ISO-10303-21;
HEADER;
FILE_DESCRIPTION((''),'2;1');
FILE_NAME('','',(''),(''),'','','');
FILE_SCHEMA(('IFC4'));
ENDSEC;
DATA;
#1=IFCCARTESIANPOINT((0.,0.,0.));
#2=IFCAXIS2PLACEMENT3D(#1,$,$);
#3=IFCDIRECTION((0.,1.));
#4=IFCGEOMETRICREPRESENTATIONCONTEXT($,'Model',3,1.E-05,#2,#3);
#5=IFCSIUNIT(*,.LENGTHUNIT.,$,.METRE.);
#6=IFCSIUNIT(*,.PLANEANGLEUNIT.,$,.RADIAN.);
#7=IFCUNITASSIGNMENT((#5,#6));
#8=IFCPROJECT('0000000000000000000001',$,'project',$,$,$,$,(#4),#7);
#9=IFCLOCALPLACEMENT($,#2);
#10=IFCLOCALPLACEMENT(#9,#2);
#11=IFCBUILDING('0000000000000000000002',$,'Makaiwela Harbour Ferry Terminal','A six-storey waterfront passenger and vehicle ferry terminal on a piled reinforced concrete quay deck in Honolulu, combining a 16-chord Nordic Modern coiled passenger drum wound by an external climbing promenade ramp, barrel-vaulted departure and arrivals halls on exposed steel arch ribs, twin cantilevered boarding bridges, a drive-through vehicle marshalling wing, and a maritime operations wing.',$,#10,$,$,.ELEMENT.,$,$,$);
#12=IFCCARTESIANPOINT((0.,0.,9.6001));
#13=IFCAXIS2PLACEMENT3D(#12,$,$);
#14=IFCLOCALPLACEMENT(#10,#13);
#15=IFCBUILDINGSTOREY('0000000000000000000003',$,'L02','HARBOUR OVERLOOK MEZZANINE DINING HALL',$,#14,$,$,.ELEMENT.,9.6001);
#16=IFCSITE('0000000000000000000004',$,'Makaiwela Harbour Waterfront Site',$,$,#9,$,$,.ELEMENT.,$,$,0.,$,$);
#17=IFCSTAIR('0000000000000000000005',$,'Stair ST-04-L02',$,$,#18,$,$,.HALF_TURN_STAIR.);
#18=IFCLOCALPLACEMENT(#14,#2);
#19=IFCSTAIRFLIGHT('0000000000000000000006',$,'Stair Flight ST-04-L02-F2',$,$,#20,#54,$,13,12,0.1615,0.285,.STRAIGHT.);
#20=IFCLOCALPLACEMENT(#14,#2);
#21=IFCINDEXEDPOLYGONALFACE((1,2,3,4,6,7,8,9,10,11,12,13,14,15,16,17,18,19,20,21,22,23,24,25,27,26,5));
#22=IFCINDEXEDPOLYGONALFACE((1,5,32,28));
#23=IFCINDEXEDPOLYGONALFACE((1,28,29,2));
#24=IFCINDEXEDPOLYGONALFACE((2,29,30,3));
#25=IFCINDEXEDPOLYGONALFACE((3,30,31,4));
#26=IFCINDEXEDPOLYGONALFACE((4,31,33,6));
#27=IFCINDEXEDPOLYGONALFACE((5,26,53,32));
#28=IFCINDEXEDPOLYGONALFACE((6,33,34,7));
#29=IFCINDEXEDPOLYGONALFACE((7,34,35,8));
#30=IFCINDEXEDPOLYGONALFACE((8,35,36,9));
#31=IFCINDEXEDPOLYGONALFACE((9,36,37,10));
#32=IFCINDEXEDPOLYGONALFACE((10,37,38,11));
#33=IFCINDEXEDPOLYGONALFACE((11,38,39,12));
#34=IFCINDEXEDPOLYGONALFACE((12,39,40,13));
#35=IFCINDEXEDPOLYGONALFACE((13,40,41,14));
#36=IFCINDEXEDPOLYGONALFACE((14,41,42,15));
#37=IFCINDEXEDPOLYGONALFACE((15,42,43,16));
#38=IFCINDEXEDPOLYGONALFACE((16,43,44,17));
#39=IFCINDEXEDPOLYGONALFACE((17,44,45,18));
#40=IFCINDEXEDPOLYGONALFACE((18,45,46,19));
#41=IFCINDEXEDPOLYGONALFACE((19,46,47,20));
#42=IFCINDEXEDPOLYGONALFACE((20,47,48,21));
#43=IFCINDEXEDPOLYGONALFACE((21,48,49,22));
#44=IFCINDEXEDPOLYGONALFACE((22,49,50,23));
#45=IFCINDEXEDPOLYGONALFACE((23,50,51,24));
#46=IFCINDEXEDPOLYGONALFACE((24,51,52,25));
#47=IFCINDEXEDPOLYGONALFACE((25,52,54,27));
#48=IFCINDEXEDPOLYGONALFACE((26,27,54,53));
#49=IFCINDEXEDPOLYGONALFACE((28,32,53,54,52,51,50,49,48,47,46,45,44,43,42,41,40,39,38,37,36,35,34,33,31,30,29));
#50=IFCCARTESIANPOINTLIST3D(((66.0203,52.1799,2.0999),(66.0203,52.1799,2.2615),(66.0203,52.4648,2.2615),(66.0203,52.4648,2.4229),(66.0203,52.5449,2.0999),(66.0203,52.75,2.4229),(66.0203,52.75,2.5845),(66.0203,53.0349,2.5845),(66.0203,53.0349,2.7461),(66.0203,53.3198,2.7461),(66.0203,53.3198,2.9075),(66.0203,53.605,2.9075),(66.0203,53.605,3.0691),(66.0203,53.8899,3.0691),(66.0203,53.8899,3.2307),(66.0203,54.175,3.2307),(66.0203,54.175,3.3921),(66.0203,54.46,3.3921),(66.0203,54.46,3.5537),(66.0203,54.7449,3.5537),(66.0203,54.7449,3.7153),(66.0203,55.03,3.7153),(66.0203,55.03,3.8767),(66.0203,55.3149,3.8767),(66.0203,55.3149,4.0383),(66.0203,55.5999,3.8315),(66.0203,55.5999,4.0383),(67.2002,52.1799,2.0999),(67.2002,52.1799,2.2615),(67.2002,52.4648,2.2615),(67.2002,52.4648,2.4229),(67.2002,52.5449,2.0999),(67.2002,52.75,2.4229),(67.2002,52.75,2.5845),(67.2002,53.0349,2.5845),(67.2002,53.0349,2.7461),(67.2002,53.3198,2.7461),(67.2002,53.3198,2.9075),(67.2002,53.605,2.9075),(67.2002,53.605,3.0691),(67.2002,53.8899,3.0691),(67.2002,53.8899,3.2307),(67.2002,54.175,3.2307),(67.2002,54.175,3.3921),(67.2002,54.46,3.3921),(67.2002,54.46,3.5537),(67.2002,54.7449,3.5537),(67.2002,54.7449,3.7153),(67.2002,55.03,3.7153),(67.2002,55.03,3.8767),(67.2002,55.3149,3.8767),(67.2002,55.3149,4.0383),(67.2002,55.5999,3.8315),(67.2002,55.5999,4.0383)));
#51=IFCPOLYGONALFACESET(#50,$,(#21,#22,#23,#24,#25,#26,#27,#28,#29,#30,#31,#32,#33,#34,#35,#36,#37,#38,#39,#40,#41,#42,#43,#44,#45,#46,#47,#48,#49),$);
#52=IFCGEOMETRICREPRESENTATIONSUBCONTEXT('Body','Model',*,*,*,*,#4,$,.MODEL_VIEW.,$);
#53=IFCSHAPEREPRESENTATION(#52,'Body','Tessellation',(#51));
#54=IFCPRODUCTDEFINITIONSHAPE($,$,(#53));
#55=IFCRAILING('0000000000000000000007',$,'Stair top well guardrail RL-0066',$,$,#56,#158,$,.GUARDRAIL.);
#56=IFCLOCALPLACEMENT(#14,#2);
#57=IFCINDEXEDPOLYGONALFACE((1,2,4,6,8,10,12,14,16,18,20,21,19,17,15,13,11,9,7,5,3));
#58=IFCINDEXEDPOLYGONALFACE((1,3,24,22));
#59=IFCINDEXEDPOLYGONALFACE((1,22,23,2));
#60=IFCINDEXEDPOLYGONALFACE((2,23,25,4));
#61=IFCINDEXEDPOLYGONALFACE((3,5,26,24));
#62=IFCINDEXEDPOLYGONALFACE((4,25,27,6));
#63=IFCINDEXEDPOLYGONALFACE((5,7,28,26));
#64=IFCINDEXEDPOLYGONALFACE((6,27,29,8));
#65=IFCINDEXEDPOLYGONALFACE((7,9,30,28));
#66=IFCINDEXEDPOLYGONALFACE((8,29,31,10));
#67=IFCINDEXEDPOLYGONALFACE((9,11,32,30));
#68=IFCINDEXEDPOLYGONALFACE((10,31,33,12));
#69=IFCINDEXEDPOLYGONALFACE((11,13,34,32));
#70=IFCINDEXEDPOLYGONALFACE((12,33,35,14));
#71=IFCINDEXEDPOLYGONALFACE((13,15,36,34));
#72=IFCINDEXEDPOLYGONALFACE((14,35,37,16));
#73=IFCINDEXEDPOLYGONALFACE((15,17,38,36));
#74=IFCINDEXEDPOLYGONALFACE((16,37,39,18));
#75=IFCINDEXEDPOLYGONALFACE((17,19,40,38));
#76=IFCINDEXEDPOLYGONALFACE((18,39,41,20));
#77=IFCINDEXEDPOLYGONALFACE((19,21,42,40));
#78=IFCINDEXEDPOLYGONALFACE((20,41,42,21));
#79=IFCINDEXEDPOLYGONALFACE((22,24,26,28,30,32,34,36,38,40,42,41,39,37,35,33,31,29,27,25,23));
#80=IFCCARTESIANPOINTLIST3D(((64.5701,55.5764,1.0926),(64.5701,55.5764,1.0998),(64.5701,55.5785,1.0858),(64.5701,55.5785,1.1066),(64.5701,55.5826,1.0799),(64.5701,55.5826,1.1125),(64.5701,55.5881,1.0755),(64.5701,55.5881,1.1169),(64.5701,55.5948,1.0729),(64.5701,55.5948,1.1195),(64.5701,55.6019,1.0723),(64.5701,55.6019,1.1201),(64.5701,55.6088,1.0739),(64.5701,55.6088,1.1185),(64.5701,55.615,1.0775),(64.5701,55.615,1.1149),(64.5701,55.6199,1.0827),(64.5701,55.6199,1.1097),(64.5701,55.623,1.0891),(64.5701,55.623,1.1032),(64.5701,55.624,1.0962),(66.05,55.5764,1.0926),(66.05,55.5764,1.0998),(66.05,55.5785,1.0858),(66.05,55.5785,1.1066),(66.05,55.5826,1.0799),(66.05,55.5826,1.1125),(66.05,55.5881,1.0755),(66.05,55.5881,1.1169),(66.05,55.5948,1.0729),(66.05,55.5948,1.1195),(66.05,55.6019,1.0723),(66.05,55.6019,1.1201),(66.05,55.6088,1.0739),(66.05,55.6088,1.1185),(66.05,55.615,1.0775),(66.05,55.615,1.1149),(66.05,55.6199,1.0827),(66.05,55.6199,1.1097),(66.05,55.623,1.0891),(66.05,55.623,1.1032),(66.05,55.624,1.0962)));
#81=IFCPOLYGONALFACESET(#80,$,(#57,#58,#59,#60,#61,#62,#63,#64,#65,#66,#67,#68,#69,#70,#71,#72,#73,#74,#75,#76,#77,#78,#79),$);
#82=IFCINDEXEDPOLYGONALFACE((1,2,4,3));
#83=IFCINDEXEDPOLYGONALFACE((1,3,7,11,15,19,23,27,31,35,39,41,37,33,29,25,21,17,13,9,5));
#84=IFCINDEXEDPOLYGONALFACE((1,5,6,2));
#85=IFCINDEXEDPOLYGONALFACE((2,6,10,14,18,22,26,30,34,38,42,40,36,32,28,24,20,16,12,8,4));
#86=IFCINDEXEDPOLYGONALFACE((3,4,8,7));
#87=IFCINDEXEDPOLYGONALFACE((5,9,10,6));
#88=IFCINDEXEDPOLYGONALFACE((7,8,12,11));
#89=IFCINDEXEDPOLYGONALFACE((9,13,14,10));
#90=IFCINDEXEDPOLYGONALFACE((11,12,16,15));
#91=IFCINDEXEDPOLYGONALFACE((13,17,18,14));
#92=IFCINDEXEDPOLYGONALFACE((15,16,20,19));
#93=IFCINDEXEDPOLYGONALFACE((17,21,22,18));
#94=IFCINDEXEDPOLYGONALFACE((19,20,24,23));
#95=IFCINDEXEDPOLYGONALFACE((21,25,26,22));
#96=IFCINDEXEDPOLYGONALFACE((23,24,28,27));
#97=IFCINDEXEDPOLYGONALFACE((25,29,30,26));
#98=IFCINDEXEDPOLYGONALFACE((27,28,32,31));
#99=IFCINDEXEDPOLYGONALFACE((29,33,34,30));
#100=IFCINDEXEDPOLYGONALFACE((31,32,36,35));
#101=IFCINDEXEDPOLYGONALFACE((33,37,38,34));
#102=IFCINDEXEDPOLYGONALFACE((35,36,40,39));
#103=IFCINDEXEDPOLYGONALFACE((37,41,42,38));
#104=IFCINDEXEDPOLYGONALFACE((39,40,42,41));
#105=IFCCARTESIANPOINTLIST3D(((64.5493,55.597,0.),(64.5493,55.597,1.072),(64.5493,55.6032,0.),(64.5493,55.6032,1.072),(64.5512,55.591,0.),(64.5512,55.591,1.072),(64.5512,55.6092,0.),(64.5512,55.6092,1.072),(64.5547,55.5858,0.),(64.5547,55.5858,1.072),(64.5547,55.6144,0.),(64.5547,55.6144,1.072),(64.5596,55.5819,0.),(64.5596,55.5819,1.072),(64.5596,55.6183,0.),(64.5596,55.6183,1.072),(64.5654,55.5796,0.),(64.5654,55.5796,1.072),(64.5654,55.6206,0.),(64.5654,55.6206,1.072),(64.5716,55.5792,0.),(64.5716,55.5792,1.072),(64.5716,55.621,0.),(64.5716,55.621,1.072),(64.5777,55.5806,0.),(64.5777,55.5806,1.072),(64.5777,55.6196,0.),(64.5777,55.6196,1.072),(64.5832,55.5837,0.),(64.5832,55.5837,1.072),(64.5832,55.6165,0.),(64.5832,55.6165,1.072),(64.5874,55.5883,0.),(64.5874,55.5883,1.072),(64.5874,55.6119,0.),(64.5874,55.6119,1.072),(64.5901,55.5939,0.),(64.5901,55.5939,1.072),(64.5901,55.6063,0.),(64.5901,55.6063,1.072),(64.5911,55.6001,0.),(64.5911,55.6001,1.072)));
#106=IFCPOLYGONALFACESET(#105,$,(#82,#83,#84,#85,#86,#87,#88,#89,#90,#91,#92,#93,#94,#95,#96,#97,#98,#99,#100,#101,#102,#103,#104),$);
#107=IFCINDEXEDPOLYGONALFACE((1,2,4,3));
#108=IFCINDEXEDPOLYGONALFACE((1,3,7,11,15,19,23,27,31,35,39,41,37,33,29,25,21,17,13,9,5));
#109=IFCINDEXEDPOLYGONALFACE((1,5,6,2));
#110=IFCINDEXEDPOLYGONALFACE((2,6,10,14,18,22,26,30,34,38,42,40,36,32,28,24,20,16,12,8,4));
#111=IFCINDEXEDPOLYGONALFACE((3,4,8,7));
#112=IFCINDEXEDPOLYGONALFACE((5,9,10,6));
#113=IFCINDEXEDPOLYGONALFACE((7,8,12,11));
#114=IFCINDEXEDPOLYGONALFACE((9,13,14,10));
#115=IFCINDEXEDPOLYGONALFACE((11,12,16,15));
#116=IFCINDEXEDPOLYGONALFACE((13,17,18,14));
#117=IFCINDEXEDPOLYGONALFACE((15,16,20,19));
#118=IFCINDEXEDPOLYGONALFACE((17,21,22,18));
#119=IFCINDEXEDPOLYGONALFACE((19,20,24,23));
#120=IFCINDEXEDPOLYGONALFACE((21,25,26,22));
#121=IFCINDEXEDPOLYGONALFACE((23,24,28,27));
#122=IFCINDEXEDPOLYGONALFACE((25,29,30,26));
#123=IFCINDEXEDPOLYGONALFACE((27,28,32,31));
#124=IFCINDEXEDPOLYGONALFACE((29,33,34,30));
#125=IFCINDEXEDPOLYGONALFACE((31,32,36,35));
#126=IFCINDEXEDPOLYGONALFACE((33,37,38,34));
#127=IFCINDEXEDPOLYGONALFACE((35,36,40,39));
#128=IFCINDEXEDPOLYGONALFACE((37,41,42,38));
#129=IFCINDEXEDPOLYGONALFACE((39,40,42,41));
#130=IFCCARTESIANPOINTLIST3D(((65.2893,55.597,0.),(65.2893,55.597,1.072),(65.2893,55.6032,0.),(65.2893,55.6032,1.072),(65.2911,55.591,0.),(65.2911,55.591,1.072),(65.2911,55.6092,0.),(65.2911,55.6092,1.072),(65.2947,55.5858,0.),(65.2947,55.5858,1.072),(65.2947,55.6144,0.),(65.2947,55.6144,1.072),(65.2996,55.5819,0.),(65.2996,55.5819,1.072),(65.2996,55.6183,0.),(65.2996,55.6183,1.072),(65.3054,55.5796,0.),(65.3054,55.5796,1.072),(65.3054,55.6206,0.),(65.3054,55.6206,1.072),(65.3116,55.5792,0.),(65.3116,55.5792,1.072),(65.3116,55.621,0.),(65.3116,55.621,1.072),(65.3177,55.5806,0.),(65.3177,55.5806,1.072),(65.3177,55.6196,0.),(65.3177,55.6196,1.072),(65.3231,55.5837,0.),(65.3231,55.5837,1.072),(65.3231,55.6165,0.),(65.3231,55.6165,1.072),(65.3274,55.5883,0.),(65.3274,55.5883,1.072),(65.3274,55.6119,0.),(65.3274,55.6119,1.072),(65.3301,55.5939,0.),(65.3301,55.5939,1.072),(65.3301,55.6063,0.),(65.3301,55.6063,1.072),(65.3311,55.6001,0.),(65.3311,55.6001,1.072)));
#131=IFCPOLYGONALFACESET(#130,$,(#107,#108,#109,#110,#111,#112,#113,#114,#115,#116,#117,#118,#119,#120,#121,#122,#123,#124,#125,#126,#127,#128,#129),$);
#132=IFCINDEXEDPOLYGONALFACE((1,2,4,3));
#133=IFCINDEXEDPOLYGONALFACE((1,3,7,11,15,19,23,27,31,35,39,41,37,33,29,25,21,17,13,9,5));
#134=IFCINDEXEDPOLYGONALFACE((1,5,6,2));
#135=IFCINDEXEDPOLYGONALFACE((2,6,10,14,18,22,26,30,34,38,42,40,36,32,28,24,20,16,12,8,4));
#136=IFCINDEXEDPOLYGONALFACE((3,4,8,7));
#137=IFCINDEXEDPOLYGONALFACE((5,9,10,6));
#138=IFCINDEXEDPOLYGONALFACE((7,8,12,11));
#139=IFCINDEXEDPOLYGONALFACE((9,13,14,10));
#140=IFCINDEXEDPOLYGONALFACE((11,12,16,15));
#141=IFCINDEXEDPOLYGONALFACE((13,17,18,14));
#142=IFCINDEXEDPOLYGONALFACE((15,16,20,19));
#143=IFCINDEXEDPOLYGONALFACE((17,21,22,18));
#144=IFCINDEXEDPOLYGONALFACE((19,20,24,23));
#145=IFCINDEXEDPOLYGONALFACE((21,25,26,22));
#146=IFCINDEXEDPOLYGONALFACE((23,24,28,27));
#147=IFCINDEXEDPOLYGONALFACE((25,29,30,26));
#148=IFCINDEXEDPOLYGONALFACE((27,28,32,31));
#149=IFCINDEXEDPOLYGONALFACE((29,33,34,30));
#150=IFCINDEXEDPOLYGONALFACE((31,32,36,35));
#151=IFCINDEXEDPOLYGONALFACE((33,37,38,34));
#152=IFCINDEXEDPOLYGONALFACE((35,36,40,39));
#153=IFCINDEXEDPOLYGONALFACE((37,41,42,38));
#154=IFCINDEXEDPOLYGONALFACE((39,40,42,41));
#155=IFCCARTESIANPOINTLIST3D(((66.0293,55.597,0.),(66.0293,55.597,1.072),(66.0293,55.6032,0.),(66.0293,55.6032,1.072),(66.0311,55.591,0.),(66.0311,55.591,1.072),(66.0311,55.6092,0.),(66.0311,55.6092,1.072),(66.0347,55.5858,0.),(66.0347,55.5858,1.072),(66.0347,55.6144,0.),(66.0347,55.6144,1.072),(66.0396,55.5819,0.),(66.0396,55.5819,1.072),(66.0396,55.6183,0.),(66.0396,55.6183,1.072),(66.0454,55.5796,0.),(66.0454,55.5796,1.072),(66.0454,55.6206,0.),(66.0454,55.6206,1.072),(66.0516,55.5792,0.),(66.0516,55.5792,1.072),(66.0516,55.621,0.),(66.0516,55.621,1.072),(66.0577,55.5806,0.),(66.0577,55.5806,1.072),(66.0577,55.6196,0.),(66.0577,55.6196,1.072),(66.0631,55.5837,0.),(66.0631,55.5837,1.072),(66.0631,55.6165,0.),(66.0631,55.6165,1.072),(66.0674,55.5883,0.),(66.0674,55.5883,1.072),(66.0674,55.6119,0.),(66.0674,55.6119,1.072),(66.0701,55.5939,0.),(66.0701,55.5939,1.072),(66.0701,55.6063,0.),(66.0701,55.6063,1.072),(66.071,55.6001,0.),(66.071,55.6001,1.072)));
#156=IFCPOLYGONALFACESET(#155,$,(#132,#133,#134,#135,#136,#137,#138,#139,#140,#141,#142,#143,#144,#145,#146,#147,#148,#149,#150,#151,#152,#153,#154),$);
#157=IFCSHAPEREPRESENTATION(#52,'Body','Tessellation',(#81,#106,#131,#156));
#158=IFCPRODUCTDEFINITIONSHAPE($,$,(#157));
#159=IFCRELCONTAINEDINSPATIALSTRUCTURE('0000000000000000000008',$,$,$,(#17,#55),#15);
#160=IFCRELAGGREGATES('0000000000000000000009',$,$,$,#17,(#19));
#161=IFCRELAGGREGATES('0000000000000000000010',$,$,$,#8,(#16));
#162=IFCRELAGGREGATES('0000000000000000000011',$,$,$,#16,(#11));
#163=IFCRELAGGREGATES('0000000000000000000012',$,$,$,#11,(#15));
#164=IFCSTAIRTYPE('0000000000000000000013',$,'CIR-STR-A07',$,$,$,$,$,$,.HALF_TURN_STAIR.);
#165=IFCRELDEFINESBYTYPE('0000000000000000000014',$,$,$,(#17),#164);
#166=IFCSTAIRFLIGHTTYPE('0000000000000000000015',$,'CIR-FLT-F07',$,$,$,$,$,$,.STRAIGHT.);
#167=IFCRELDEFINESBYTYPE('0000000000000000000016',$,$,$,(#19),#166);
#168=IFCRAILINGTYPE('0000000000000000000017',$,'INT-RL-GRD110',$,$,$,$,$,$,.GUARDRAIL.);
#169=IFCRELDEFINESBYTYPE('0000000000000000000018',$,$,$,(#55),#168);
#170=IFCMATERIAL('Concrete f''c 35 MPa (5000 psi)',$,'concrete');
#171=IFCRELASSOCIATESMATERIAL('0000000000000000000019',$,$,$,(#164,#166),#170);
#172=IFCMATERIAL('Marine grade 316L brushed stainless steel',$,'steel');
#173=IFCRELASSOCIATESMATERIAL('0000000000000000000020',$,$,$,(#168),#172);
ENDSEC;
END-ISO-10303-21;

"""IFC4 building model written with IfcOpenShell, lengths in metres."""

from ifc_helpers import new_model, si_unit, direction, frame, origin, origin_2d, place, context, subcontext, project, spatial, polyline, circle, outline, extrude, material, type_object, element, aggregate, save


model = new_model("IFC4")

# Units and contexts
model_context = context("Model", 3, precision=1e-05, world=origin(), true_north=direction((0.0, 1.0)))
body_context = subcontext(model_context, "Body", "Model", "MODEL_VIEW")
ifc_project = project(units=[si_unit("LENGTHUNIT", "METRE"), si_unit("PLANEANGLEUNIT", "RADIAN")], contexts=[model_context])

# Site, building, storey
site_placement = place(None, origin())
site = spatial("IfcSite", under=ifc_project, at=site_placement, Name="Makaiwela Harbour Waterfront Site", CompositionType="ELEMENT", RefElevation=0.0)
building_placement = place(site_placement, origin())
building = spatial("IfcBuilding", under=site, at=building_placement, Name="Makaiwela Harbour Ferry Terminal", Description="A six-storey waterfront passenger and vehicle ferry terminal on a piled reinforced concrete quay deck in Honolulu, combining a 16-chord Nordic Modern coiled passenger drum wound by an external climbing promenade ramp, barrel-vaulted departure and arrivals halls on exposed steel arch ribs, twin cantilevered boarding bridges, a drive-through vehicle marshalling wing, and a maritime operations wing.", CompositionType="ELEMENT")
storey_placement = place(building_placement, frame((0.0, 0.0, 9.6001)))
storey = spatial("IfcBuildingStorey", under=building, at=storey_placement, Name="L02", Description="HARBOUR OVERLOOK MEZZANINE DINING HALL", CompositionType="ELEMENT", Elevation=9.6001)

# Stair, stair flight
ifc_material_1 = material(Name="Concrete f'c 35 MPa (5000 psi)", Category="concrete")
stair_type = type_object("IfcStairType", Name="CIR-STR-A07", PredefinedType="HALF_TURN_STAIR", material=ifc_material_1)
stair_placement = place(storey_placement, origin())
stair = element("IfcStair", 1, at=stair_placement, inside=storey, type_object=stair_type, Name="Stair ST-04-L02", PredefinedType="HALF_TURN_STAIR")
stair_flight_type = type_object("IfcStairFlightType", Name="CIR-FLT-F07", PredefinedType="STRAIGHT", material=ifc_material_1)
stair_flight_1_placement = place(storey_placement, frame((66.6101, 52.1799, 2.0999), z_axis=(0.0, 0.0, 1.0), x_axis=(0.0, 1.0, 0.0)))
stair_flight_1 = element("IfcStairFlight", 2, at=stair_flight_1_placement, type_object=stair_flight_type, Name="Stair Flight ST-04-L02-F2", NumberOfRisers=13, NumberOfTreads=12, PredefinedType="STRAIGHT", RiserHeight=0.1615, TreadLength=0.285, context=body_context, shape_type="SweptSolid", body=[
    extrude(outline(polyline([(0.0, 0.0), (0.0, 0.1616), (0.2849, 0.1616), (0.2849, 0.323), (0.5701, 0.323), (0.5701, 0.4846), (0.855, 0.4846), (0.855, 0.6462), (1.1399, 0.6462), (1.1399, 0.8076), (1.425, 0.8076), (1.425, 0.9692), (1.71, 0.9692), (1.71, 1.1309), (1.9951, 1.1309), (1.9951, 1.2922), (2.28, 1.2922), (2.28, 1.4539), (2.5649, 1.4539), (2.5649, 1.6155), (2.8501, 1.6155), (2.8501, 1.7769), (3.135, 1.7769), (3.135, 1.9385), (3.4199, 1.9385), (3.4199, 2.1001), (3.4199, 1.7317), (0.365, 0.0), (0.0, 0.0)])), frame((0.0, 0.5898, 0.0), z_axis=(0.0, -1.0, 0.0), x_axis=(1.0, 0.0, 0.0)), (0.0, 0.0, 1.0), 1.1799),
])
aggregate(stair, [stair_flight_1])

# Railing
ifc_material_2 = material(Name="Marine grade 316L brushed stainless steel", Category="steel")
railing_type_1 = type_object("IfcRailingType", Name="INT-RL-GRD110", PredefinedType="GUARDRAIL", material=ifc_material_2)
railing_1_placement = place(storey_placement, frame((64.5701, 55.6001, 0.0)))
element("IfcRailing", 3, at=railing_1_placement, inside=storey, type_object=railing_type_1, Name="Stair top well guardrail RL-0066", PredefinedType="GUARDRAIL", context=body_context, shape_type="SweptSolid", body=[
    extrude(circle(Radius=0.0239, at=origin_2d()), frame((0.0, 0.0, 1.0962), z_axis=(1.0, 0.0, 0.0), x_axis=(0.0, 1.0, 0.0)), (0.0, 0.0, 1.0), 1.48),
    extrude(circle(Radius=0.021, at=origin_2d()), origin(), (0.0, 0.0, 1.0), 1.072),
    extrude(circle(Radius=0.021, at=origin_2d()), frame((0.74, 0.0, 0.0)), (0.0, 0.0, 1.0), 1.072),
    extrude(circle(Radius=0.021, at=origin_2d()), frame((1.48, 0.0, 0.0)), (0.0, 0.0, 1.0), 1.072),
])

save(model, "model.ifc")
